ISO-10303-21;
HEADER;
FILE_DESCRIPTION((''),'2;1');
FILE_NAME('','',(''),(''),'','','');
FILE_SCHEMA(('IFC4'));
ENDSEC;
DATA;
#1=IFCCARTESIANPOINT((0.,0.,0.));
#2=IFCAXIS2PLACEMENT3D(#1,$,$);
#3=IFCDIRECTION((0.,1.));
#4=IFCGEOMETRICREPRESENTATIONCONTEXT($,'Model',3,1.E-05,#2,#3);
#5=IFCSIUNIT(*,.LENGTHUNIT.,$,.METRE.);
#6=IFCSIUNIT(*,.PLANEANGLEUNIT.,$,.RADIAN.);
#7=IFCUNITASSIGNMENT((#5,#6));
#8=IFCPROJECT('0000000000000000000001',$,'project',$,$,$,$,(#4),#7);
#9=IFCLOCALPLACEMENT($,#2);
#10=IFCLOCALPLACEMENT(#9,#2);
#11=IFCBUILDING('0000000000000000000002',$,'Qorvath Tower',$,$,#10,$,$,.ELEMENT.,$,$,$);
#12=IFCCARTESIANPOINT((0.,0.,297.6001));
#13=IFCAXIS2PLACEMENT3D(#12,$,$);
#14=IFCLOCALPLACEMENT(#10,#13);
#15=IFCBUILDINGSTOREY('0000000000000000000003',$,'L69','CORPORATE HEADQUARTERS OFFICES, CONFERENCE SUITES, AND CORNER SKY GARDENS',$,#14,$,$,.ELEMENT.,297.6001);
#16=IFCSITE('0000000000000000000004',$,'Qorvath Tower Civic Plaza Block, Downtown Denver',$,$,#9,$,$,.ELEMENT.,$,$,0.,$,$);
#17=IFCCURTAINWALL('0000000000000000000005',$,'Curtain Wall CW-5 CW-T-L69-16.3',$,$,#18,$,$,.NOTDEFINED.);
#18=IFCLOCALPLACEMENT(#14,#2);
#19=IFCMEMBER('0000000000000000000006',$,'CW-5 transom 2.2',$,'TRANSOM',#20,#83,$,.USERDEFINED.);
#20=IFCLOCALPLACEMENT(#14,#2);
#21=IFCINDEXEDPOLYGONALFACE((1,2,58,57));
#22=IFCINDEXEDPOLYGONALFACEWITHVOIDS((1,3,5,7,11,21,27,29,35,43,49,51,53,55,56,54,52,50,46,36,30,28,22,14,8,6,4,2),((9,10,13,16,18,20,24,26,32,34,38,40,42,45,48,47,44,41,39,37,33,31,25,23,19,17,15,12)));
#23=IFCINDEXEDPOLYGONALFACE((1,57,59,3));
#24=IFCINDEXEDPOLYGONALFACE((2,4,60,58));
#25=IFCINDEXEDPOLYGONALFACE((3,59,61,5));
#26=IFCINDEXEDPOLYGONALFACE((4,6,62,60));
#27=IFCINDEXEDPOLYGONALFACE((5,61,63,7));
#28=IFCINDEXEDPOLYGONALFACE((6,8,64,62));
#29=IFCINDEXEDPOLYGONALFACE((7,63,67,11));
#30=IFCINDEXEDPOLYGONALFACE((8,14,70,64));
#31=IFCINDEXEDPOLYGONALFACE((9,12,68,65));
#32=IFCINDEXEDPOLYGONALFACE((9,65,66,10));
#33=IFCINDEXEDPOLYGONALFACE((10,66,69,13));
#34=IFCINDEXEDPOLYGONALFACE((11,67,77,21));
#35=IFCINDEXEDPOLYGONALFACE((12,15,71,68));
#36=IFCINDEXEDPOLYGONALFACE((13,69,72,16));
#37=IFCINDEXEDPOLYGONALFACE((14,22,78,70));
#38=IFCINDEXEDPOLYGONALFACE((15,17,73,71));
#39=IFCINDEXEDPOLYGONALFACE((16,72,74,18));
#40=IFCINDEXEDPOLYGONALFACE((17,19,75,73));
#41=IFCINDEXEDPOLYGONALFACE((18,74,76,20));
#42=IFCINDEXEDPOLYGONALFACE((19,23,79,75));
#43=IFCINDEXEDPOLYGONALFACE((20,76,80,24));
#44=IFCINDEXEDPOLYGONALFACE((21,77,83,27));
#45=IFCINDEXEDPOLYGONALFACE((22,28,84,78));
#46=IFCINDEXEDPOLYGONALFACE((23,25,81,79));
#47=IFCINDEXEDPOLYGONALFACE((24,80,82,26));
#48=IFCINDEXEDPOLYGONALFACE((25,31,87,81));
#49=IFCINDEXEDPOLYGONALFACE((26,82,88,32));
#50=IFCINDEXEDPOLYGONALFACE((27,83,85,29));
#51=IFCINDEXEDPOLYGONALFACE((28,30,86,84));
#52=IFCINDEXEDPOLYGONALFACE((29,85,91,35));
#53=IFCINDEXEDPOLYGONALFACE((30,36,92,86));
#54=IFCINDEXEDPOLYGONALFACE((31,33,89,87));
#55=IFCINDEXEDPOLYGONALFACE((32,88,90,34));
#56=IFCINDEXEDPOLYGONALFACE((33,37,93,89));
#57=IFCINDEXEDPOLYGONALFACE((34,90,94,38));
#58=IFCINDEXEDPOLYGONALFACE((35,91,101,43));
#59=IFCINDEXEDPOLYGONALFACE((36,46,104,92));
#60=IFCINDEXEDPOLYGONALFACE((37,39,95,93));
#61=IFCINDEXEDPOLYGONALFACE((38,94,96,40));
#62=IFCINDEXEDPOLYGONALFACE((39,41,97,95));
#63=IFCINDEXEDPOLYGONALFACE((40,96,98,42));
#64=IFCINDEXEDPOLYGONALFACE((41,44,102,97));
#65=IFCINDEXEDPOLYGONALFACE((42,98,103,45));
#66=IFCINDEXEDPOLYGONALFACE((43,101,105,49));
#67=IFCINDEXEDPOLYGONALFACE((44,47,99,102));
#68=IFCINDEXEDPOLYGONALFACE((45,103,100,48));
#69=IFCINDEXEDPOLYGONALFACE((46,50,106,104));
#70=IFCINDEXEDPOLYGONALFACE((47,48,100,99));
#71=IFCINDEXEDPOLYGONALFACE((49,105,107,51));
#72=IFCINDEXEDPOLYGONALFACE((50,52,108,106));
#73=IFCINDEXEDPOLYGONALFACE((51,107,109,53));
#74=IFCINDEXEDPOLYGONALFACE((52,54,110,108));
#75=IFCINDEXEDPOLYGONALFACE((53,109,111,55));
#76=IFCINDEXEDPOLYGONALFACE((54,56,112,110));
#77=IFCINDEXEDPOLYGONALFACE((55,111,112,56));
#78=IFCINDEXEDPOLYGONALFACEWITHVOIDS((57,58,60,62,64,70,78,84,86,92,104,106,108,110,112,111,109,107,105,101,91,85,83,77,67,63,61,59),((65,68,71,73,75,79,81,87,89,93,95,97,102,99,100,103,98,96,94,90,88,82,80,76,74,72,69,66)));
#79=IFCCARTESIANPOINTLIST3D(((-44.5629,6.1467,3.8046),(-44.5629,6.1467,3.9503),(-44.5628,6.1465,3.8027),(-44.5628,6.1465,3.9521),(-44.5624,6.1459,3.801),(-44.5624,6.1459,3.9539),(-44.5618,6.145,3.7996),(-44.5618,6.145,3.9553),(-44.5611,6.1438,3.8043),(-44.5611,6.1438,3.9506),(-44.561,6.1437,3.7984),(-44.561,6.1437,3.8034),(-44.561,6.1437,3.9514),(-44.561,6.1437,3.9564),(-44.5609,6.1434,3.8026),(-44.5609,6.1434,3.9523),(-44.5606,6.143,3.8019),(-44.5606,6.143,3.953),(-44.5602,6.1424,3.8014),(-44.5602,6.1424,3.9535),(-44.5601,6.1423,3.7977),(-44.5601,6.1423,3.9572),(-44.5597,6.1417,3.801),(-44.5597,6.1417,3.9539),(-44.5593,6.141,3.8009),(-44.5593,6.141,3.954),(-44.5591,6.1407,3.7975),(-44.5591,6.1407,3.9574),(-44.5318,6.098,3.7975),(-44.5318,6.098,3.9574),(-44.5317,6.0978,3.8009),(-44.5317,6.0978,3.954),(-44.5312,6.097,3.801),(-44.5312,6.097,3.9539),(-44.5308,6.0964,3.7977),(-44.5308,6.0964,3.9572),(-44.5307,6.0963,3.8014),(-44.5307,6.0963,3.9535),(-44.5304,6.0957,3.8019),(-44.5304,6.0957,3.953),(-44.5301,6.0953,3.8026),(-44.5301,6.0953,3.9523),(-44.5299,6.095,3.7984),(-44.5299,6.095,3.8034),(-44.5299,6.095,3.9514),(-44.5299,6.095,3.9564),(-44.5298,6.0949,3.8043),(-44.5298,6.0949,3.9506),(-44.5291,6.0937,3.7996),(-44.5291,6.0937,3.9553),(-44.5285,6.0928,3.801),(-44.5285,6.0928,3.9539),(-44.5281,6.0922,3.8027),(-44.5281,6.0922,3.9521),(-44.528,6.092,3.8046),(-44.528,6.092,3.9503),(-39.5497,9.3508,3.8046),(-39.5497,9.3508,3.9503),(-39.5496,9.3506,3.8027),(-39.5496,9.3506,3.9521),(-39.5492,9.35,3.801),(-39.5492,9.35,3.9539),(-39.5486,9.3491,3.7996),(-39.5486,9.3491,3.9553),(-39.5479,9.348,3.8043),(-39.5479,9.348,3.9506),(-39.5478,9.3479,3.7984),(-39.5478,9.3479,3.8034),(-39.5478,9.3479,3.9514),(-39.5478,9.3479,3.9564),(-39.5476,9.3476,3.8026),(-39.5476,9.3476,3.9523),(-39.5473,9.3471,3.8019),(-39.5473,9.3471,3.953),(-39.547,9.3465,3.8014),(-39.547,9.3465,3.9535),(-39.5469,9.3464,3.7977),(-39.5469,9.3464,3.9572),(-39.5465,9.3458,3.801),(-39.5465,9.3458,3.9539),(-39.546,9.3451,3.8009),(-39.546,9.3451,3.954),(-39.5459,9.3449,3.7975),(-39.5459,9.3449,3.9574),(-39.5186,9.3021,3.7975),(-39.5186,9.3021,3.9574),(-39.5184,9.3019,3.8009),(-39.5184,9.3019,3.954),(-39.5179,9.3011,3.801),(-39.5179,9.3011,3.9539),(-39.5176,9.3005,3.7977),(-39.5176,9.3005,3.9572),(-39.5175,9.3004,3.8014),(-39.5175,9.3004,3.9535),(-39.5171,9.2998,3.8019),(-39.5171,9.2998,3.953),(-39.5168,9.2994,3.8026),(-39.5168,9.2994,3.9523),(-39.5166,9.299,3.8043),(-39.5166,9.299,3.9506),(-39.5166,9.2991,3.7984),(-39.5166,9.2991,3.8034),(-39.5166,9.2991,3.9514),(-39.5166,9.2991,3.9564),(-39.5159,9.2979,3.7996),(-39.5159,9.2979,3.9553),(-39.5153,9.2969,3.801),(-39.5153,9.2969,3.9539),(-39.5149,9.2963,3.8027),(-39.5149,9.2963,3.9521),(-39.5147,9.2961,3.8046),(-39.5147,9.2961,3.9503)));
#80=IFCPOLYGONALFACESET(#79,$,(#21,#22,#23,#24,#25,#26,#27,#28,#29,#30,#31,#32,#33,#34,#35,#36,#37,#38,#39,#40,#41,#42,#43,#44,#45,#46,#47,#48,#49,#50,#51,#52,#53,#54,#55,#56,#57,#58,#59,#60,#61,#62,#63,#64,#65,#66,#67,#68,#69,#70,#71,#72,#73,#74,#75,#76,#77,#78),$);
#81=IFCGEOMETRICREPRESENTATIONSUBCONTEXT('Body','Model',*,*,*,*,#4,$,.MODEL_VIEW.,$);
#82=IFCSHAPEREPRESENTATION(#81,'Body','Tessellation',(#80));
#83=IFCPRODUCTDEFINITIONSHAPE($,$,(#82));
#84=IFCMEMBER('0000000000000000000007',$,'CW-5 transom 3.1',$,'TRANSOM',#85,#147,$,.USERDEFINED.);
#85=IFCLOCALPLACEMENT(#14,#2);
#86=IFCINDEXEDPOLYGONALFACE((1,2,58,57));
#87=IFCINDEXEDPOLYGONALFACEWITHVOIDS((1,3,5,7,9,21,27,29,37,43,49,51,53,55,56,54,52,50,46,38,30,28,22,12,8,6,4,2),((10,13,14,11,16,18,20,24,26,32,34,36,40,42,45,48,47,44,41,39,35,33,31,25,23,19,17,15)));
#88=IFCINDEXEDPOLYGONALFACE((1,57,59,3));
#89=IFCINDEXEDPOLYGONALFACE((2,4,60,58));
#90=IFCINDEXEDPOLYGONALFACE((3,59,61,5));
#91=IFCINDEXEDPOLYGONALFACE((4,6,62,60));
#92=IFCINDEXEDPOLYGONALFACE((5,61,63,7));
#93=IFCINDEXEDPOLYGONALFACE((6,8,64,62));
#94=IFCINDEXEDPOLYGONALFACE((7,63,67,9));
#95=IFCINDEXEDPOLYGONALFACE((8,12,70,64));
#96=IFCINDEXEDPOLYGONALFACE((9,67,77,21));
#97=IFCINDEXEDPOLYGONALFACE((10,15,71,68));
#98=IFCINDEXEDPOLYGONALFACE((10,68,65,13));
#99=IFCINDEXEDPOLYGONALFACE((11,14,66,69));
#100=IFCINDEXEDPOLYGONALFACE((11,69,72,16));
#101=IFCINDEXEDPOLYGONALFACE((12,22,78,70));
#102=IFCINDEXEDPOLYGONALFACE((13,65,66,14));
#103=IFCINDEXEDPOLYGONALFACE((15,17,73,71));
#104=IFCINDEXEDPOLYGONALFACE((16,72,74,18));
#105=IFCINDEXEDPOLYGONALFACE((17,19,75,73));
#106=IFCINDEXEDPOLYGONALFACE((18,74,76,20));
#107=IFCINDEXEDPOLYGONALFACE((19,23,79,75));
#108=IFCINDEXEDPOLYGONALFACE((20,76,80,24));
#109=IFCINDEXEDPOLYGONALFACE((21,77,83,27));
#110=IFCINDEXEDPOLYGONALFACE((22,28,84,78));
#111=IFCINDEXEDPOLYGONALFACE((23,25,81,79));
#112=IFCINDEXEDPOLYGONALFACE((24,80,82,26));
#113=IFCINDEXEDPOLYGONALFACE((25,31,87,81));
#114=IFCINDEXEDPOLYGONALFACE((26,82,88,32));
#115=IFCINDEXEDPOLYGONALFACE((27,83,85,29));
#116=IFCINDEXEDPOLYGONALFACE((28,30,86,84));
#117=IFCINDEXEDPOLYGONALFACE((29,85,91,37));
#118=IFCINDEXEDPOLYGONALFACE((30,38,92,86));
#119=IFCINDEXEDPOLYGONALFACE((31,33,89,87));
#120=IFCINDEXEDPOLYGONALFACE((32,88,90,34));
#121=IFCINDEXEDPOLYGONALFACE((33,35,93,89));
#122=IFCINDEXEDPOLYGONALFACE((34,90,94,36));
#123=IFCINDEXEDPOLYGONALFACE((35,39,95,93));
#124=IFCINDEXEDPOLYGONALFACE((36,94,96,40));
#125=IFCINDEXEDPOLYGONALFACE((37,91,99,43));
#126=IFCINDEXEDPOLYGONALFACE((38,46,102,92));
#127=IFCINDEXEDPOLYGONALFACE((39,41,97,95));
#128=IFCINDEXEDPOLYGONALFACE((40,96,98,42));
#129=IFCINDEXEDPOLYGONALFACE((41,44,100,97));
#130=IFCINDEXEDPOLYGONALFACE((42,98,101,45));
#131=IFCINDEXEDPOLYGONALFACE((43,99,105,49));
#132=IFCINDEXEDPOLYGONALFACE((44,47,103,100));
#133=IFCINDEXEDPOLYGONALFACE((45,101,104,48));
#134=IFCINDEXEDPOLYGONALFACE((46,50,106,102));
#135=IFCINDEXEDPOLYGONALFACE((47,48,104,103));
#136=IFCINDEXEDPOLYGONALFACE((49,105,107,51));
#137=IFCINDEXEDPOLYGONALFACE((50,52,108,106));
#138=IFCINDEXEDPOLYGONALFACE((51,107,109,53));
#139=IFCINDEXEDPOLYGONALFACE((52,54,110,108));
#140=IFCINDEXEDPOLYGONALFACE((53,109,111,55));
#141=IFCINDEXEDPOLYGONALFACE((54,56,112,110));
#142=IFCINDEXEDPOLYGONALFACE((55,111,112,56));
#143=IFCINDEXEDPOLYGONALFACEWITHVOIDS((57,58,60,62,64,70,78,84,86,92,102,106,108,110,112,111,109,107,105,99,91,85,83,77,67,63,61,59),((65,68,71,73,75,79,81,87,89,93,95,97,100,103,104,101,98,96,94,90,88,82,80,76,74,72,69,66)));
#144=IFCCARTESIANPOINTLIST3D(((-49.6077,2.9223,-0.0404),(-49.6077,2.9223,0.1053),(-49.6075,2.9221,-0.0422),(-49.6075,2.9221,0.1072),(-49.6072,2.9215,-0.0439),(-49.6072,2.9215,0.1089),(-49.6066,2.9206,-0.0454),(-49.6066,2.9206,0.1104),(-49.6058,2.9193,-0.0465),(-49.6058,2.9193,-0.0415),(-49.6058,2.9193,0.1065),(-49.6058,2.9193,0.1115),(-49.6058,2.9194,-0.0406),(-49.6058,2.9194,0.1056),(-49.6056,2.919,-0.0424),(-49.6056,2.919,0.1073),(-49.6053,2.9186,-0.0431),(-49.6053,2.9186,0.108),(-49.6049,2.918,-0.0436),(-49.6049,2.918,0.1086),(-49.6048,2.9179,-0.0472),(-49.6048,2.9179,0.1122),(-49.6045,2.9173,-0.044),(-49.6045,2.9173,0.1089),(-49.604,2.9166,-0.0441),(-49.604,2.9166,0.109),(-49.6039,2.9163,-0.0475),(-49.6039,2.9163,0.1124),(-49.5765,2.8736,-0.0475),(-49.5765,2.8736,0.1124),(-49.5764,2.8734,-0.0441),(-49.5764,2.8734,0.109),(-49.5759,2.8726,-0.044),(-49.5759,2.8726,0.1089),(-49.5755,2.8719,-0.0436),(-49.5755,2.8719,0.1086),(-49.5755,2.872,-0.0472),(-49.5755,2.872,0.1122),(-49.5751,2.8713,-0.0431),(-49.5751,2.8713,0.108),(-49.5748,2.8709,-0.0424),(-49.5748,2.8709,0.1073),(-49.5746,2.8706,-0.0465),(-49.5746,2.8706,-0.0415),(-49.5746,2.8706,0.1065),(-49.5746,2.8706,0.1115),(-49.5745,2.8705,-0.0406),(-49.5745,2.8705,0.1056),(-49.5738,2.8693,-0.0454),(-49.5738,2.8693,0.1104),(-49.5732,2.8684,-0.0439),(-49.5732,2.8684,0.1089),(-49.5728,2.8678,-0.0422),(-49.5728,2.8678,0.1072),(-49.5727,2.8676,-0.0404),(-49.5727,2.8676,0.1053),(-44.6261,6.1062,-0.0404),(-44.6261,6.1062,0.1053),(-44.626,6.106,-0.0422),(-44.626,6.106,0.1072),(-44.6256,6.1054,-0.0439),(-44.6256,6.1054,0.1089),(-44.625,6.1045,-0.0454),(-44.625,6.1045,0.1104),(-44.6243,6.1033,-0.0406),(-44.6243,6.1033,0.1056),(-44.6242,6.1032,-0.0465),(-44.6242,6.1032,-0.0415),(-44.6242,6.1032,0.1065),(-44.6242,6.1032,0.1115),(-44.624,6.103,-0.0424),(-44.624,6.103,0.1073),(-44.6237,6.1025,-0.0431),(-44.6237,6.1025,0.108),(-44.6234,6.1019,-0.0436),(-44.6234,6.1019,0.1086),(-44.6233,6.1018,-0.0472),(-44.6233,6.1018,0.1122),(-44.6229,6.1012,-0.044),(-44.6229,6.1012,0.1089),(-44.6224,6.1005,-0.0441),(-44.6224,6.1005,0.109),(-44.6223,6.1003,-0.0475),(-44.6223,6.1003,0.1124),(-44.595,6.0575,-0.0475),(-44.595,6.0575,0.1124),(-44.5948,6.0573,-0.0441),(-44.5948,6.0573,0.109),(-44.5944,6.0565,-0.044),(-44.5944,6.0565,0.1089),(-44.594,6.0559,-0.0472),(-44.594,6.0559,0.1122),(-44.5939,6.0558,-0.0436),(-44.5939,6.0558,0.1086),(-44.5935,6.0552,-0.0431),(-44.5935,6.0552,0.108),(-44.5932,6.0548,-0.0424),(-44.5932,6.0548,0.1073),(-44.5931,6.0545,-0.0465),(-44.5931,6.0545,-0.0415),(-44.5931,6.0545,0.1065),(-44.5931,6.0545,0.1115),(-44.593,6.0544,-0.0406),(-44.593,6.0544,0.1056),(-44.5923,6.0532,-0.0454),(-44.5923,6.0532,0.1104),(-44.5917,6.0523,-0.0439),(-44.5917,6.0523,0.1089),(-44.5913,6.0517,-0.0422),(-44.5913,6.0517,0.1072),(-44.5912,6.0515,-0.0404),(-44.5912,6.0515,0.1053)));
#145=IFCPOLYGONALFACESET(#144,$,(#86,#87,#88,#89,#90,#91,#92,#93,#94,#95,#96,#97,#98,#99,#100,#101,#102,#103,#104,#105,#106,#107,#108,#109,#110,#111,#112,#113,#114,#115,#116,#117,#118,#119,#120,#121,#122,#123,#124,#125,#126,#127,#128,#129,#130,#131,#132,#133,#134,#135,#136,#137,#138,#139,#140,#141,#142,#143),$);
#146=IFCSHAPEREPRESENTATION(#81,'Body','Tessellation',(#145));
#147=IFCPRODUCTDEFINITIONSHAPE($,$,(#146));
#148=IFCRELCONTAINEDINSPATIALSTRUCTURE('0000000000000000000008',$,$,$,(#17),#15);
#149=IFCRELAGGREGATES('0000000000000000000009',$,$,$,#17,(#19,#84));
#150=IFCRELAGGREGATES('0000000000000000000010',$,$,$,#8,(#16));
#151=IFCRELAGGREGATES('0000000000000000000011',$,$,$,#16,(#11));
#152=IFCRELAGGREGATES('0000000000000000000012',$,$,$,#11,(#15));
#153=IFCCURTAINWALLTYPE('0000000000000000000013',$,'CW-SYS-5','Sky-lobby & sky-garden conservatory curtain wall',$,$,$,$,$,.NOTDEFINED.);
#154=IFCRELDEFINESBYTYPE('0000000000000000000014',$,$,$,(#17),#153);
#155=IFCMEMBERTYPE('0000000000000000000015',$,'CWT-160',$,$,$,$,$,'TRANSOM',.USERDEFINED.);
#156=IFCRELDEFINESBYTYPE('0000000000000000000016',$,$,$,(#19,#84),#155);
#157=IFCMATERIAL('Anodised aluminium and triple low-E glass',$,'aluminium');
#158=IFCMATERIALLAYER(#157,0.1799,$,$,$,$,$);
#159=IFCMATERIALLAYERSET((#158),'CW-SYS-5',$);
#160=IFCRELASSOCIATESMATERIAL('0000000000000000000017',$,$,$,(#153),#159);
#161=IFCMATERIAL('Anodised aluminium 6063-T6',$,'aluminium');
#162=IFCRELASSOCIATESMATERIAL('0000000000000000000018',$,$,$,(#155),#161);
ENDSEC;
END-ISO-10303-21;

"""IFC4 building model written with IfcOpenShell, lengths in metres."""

from ifc_helpers import new_model, si_unit, direction, frame, origin, origin_2d, place, context, subcontext, project, spatial, hollow_rectangle, extrude, material, layer, layer_set, material_profile, profile_set, type_object, element, aggregate, save


model = new_model("IFC4")

# Units and contexts
model_context = context("Model", 3, precision=1e-05, world=origin(), true_north=direction((0.0, 1.0)))
body_context = subcontext(model_context, "Body", "Model", "MODEL_VIEW")
ifc_project = project(units=[si_unit("LENGTHUNIT", "METRE"), si_unit("PLANEANGLEUNIT", "RADIAN")], contexts=[model_context])

# Site, building, storey
site_placement = place(None, origin())
site = spatial("IfcSite", under=ifc_project, at=site_placement, Name="Qorvath Tower Civic Plaza Block, Downtown Denver", CompositionType="ELEMENT", RefElevation=0.0)
building_placement = place(site_placement, origin())
building = spatial("IfcBuilding", under=site, at=building_placement, Name="Qorvath Tower", CompositionType="ELEMENT")
storey_placement = place(building_placement, frame((0.0, 0.0, 297.6001)))
storey = spatial("IfcBuildingStorey", under=building, at=storey_placement, Name="L69", Description="CORPORATE HEADQUARTERS OFFICES, CONFERENCE SUITES, AND CORNER SKY GARDENS", CompositionType="ELEMENT", Elevation=297.6001)

# Curtain wall, members
ifc_material_1 = material(Name="Anodised aluminium and triple low-E glass", Category="aluminium")
ifc_layer_1 = layer(ifc_material_1, 0.1799)
ifc_layer_set_1 = layer_set([ifc_layer_1], Name="CW-SYS-5")
curtain_wall_type = type_object("IfcCurtainWallType", Name="CW-SYS-5", Description="Sky-lobby & sky-garden conservatory curtain wall", PredefinedType="NOTDEFINED", material=ifc_layer_set_1)
curtain_wall_placement = place(storey_placement, origin())
curtain_wall = element("IfcCurtainWall", 1, at=curtain_wall_placement, inside=storey, type_object=curtain_wall_type, Name="Curtain Wall CW-5 CW-T-L69-16.3", PredefinedType="NOTDEFINED")
ifc_material_2 = material(Name="Anodised aluminium 6063-T6", Category="aluminium")
ifc_material_profile_1 = material_profile(ifc_material_2, hollow_rectangle(XDim=0.0649, YDim=0.1599, WallThickness=0.0034, InnerFilletRadius=0.0034, OuterFilletRadius=0.0071, at=origin_2d()), Name="CWT 160x65")
ifc_profile_set_1 = profile_set([ifc_material_profile_1], Name="Anodised aluminium 6063-T6")
member_type_1 = type_object("IfcMemberType", Name="CWT-160", ElementType="TRANSOM", PredefinedType="USERDEFINED", material=ifc_profile_set_1)
member_1_placement = place(storey_placement, frame((-39.5322, 9.3235, 3.8774), z_axis=(-0.842602, -0.538537, 0.0), x_axis=(0.538537, -0.842602, 0.0)))
member_1 = element("IfcMember", 2, at=member_1_placement, type_object=member_type_1, Name="CW-5 transom 2.2", ObjectType="TRANSOM", PredefinedType="USERDEFINED", context=body_context, shape_type="SweptSolid", body=[
    extrude(hollow_rectangle(XDim=0.0649, YDim=0.1599, WallThickness=0.0034, InnerFilletRadius=0.0034, OuterFilletRadius=0.0071, at=origin_2d()), origin(), (0.0, 0.0, 1.0), 5.9497),
])
member_2_placement = place(storey_placement, frame((-44.6086, 6.0789, 0.0325), z_axis=(-0.8426, -0.538539, 0.0), x_axis=(0.538539, -0.8426, 0.0)))
member_2 = element("IfcMember", 3, at=member_2_placement, type_object=member_type_1, Name="CW-5 transom 3.1", ObjectType="TRANSOM", PredefinedType="USERDEFINED", context=body_context, shape_type="SweptSolid", body=[
    extrude(hollow_rectangle(XDim=0.0649, YDim=0.1599, WallThickness=0.0034, InnerFilletRadius=0.0034, OuterFilletRadius=0.0071, at=origin_2d()), origin(), (0.0, 0.0, 1.0), 5.9121),
])
aggregate(curtain_wall, [member_1, member_2])

save(model, "model.ifc")
